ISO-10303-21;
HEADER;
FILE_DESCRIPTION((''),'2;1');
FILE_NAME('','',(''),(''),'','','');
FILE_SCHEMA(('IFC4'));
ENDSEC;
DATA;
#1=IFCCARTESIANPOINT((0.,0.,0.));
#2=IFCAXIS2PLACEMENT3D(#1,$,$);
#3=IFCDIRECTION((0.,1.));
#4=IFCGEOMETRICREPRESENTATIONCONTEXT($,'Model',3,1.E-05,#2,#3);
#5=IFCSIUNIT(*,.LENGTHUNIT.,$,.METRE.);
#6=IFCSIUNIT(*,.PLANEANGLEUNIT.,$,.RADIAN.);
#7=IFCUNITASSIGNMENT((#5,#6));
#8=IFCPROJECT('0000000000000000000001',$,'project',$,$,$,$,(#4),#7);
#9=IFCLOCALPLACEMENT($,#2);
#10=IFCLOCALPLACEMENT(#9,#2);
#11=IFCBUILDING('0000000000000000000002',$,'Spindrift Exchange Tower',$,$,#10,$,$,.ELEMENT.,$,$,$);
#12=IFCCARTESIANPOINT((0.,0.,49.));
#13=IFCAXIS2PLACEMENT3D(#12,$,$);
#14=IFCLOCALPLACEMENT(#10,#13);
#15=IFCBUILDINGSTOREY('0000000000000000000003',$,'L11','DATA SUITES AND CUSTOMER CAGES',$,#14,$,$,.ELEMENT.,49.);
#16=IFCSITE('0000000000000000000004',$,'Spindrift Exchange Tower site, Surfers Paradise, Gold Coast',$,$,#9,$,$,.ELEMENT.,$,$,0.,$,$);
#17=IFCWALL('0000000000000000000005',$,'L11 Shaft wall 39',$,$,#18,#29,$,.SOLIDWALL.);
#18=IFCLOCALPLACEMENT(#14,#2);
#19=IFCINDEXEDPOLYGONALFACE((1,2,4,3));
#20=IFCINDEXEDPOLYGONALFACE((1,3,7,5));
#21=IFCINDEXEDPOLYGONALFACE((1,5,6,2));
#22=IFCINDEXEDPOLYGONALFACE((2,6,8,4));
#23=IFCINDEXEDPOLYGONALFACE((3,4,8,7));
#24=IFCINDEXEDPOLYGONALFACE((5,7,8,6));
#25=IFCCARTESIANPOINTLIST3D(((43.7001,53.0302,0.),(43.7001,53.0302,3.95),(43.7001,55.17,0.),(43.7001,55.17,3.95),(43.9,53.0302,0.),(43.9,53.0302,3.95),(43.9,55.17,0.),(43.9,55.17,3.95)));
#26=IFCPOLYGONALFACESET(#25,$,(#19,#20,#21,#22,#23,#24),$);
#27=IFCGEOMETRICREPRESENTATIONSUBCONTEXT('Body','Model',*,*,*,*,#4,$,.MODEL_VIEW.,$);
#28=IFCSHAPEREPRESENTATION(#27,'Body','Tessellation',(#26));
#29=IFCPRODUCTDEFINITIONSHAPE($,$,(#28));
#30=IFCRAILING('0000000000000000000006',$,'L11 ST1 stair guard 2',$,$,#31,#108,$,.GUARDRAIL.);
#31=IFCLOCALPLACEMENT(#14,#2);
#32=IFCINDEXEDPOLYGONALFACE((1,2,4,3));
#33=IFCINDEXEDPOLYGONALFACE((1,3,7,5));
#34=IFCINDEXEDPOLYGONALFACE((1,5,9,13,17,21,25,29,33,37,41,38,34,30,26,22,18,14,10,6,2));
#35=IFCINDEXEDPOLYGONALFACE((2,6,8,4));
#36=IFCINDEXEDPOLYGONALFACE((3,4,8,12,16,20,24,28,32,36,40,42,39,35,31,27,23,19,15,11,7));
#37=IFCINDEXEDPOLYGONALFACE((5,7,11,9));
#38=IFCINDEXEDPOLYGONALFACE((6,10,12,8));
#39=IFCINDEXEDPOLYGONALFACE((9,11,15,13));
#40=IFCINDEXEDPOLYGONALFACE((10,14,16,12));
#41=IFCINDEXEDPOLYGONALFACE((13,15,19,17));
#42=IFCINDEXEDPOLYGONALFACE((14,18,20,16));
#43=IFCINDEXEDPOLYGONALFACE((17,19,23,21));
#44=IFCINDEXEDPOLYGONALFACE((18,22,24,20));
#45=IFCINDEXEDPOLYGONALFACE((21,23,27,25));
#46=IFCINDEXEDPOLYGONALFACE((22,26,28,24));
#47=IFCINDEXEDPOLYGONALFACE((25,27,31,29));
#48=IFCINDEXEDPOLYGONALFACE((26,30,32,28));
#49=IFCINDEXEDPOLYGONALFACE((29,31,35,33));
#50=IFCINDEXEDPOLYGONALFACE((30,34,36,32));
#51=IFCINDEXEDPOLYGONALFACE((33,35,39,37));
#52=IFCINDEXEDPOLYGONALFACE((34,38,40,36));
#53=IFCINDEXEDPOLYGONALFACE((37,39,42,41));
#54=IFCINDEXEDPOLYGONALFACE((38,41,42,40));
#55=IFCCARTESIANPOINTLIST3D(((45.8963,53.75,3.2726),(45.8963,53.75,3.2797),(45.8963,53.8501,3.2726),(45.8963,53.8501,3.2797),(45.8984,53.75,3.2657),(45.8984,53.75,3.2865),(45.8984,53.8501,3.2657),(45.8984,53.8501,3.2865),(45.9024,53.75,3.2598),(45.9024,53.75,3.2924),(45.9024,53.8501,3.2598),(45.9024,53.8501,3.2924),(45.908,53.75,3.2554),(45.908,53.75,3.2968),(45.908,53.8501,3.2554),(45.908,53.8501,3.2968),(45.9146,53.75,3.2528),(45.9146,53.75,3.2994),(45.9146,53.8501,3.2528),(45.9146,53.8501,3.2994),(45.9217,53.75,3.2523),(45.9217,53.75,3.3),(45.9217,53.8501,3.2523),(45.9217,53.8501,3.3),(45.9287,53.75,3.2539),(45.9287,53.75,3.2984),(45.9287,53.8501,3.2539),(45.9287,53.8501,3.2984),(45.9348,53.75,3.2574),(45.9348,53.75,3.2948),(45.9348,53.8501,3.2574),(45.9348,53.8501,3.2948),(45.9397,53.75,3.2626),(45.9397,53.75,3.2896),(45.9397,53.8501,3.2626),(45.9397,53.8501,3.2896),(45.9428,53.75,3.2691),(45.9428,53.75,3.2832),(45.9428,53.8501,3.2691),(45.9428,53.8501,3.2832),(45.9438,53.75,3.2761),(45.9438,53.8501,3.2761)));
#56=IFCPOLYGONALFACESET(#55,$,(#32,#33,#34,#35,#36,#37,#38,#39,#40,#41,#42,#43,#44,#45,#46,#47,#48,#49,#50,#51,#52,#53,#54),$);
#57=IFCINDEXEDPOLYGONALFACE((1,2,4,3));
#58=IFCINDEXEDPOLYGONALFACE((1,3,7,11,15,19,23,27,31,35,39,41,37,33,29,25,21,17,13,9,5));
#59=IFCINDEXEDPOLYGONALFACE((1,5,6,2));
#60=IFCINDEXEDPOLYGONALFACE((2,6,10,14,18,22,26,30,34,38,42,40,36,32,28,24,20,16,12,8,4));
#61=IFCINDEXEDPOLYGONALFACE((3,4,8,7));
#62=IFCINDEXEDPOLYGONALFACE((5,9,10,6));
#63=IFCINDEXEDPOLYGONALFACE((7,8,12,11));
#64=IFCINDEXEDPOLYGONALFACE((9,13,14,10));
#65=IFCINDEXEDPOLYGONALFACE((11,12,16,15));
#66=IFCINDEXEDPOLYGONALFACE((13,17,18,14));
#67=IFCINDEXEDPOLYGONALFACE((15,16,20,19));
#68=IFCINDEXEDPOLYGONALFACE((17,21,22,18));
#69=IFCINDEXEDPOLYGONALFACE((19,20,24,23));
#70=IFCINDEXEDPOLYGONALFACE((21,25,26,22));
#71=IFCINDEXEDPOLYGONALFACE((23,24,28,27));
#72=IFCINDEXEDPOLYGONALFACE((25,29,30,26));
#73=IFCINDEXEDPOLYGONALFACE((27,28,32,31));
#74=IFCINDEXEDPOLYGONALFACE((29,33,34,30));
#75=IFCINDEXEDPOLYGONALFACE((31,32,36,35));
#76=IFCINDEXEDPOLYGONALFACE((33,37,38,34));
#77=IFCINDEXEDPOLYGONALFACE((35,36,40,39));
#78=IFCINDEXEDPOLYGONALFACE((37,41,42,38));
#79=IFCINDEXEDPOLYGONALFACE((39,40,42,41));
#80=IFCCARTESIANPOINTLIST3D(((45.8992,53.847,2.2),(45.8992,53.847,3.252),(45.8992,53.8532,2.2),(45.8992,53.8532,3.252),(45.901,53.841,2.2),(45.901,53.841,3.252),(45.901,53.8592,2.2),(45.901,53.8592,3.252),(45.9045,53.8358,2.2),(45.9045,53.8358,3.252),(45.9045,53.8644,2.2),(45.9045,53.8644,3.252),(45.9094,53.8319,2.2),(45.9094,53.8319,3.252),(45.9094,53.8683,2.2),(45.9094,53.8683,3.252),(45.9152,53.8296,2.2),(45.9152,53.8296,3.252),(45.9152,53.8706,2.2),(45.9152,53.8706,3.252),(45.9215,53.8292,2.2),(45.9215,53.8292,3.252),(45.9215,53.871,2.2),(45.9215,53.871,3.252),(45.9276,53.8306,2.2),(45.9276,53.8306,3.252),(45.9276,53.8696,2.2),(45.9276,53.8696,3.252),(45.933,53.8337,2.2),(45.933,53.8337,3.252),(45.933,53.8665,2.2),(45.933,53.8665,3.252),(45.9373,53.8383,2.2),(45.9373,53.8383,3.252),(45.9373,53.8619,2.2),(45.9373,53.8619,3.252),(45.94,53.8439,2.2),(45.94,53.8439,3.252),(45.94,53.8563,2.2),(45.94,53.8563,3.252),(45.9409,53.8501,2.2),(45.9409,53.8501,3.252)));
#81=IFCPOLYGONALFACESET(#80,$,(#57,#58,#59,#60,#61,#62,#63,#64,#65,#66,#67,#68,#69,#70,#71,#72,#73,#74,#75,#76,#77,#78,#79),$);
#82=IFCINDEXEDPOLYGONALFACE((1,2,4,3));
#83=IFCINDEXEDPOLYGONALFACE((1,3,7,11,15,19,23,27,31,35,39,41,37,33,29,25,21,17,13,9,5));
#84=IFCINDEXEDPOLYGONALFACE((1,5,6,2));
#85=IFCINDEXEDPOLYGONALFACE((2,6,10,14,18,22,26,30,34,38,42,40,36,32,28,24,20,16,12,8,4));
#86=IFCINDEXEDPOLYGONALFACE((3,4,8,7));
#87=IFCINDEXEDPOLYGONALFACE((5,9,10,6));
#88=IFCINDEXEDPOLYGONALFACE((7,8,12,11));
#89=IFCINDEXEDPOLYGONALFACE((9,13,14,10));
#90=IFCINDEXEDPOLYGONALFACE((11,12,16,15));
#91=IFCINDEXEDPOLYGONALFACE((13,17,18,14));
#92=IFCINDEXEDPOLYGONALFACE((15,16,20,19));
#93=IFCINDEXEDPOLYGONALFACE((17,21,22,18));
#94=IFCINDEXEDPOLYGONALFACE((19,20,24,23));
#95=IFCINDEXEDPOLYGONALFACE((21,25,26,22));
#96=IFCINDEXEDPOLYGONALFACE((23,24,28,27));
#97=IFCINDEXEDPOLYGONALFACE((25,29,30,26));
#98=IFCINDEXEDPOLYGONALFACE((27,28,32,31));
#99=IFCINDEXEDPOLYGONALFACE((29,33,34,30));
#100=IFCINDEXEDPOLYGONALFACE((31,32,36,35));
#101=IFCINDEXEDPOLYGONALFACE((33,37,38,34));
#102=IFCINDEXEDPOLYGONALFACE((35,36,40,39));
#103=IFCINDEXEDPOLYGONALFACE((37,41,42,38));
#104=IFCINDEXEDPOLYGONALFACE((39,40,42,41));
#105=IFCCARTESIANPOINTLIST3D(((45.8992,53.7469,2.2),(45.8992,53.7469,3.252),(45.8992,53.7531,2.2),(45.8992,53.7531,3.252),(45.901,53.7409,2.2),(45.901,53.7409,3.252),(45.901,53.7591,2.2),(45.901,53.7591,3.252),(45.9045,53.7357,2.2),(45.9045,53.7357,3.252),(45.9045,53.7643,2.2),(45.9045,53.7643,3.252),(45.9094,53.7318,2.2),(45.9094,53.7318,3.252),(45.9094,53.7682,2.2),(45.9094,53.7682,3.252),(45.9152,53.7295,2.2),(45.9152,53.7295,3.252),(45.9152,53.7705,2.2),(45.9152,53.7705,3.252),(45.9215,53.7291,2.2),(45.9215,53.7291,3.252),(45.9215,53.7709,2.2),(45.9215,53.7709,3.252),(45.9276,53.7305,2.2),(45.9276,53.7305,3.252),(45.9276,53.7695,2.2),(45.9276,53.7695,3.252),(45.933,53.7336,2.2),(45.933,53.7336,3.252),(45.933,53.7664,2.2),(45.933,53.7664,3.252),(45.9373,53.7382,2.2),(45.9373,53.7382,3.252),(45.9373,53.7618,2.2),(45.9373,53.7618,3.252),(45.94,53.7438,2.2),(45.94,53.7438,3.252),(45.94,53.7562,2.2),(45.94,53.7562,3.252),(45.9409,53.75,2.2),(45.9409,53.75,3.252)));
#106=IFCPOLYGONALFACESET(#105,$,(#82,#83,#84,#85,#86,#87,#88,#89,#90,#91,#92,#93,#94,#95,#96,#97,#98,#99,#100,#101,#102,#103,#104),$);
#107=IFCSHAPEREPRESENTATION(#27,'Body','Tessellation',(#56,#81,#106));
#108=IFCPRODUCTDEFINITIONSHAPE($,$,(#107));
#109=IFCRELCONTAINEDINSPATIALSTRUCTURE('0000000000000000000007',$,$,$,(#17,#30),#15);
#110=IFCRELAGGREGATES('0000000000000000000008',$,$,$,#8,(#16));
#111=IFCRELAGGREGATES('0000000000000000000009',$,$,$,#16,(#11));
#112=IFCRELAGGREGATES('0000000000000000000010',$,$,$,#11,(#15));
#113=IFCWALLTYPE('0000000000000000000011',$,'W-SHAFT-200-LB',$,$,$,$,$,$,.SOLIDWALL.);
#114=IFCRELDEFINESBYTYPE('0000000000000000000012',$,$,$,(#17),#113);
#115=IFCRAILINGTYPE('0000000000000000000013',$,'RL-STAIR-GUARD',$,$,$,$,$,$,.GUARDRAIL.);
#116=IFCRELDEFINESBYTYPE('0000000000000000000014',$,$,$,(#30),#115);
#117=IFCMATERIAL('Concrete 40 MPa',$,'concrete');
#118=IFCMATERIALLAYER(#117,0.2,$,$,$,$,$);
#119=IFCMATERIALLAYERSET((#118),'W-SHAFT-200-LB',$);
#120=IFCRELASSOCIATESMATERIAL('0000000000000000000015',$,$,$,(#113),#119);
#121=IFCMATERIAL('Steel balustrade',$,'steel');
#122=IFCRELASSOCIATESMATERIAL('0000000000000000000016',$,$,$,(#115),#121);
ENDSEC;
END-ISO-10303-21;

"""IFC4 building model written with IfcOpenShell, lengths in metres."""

from ifc_helpers import new_model, si_unit, direction, frame, frame_2d, origin, origin_2d, place, context, subcontext, project, spatial, rectangle, circle, extrude, material, layer, layer_set, type_object, element, save


model = new_model("IFC4")

# Units and contexts
model_context = context("Model", 3, precision=1e-05, world=origin(), true_north=direction((0.0, 1.0)))
body_context = subcontext(model_context, "Body", "Model", "MODEL_VIEW")
ifc_project = project(units=[si_unit("LENGTHUNIT", "METRE"), si_unit("PLANEANGLEUNIT", "RADIAN")], contexts=[model_context])

# Site, building, storey
site_placement = place(None, origin())
site = spatial("IfcSite", under=ifc_project, at=site_placement, Name="Spindrift Exchange Tower site, Surfers Paradise, Gold Coast", CompositionType="ELEMENT", RefElevation=0.0)
building_placement = place(site_placement, origin())
building = spatial("IfcBuilding", under=site, at=building_placement, Name="Spindrift Exchange Tower", CompositionType="ELEMENT")
storey_placement = place(building_placement, frame((0.0, 0.0, 49.0)))
storey = spatial("IfcBuildingStorey", under=building, at=storey_placement, Name="L11", Description="DATA SUITES AND CUSTOMER CAGES", CompositionType="ELEMENT", Elevation=49.0)

# Wall
ifc_material_1 = material(Name="Concrete 40 MPa", Category="concrete")
ifc_layer_1 = layer(ifc_material_1, 0.2)
ifc_layer_set_1 = layer_set([ifc_layer_1], Name="W-SHAFT-200-LB")
wall_type_1 = type_object("IfcWallType", Name="W-SHAFT-200-LB", PredefinedType="SOLIDWALL", material=ifc_layer_set_1)
wall_1_placement = place(storey_placement, frame((43.8, 55.1699, 0.0), z_axis=(0.0, 0.0, 1.0), x_axis=(0.0, -1.0, 0.0)))
element("IfcWall", 1, at=wall_1_placement, inside=storey, type_object=wall_type_1, Name="L11 Shaft wall 39", PredefinedType="SOLIDWALL", context=body_context, shape_type="SweptSolid", body=[
    extrude(rectangle(XDim=2.1399, YDim=0.2, at=frame_2d((1.0698, 0.0))), origin(), (0.0, 0.0, 1.0), 3.95),
])

# Railing
ifc_material_2 = material(Name="Steel balustrade", Category="steel")
railing_type_1 = type_object("IfcRailingType", Name="RL-STAIR-GUARD", PredefinedType="GUARDRAIL", material=ifc_material_2)
railing_1_placement = place(storey_placement, frame((45.9199, 53.8501, 2.2)))
element("IfcRailing", 2, at=railing_1_placement, inside=storey, type_object=railing_type_1, Name="L11 ST1 stair guard 2", PredefinedType="GUARDRAIL", context=body_context, shape_type="SweptSolid", body=[
    extrude(circle(Radius=0.0239, at=origin_2d()), frame((0.0, 0.0, 1.0762), z_axis=(0.0, -1.0, 0.0), x_axis=(1.0, 0.0, 0.0)), (0.0, 0.0, 1.0), 0.1001),
    extrude(circle(Radius=0.021, at=origin_2d()), origin(), (0.0, 0.0, 1.0), 1.052),
    extrude(circle(Radius=0.021, at=origin_2d()), frame((0.0, -0.1001, 0.0)), (0.0, 0.0, 1.0), 1.052),
])

save(model, "model.ifc")
